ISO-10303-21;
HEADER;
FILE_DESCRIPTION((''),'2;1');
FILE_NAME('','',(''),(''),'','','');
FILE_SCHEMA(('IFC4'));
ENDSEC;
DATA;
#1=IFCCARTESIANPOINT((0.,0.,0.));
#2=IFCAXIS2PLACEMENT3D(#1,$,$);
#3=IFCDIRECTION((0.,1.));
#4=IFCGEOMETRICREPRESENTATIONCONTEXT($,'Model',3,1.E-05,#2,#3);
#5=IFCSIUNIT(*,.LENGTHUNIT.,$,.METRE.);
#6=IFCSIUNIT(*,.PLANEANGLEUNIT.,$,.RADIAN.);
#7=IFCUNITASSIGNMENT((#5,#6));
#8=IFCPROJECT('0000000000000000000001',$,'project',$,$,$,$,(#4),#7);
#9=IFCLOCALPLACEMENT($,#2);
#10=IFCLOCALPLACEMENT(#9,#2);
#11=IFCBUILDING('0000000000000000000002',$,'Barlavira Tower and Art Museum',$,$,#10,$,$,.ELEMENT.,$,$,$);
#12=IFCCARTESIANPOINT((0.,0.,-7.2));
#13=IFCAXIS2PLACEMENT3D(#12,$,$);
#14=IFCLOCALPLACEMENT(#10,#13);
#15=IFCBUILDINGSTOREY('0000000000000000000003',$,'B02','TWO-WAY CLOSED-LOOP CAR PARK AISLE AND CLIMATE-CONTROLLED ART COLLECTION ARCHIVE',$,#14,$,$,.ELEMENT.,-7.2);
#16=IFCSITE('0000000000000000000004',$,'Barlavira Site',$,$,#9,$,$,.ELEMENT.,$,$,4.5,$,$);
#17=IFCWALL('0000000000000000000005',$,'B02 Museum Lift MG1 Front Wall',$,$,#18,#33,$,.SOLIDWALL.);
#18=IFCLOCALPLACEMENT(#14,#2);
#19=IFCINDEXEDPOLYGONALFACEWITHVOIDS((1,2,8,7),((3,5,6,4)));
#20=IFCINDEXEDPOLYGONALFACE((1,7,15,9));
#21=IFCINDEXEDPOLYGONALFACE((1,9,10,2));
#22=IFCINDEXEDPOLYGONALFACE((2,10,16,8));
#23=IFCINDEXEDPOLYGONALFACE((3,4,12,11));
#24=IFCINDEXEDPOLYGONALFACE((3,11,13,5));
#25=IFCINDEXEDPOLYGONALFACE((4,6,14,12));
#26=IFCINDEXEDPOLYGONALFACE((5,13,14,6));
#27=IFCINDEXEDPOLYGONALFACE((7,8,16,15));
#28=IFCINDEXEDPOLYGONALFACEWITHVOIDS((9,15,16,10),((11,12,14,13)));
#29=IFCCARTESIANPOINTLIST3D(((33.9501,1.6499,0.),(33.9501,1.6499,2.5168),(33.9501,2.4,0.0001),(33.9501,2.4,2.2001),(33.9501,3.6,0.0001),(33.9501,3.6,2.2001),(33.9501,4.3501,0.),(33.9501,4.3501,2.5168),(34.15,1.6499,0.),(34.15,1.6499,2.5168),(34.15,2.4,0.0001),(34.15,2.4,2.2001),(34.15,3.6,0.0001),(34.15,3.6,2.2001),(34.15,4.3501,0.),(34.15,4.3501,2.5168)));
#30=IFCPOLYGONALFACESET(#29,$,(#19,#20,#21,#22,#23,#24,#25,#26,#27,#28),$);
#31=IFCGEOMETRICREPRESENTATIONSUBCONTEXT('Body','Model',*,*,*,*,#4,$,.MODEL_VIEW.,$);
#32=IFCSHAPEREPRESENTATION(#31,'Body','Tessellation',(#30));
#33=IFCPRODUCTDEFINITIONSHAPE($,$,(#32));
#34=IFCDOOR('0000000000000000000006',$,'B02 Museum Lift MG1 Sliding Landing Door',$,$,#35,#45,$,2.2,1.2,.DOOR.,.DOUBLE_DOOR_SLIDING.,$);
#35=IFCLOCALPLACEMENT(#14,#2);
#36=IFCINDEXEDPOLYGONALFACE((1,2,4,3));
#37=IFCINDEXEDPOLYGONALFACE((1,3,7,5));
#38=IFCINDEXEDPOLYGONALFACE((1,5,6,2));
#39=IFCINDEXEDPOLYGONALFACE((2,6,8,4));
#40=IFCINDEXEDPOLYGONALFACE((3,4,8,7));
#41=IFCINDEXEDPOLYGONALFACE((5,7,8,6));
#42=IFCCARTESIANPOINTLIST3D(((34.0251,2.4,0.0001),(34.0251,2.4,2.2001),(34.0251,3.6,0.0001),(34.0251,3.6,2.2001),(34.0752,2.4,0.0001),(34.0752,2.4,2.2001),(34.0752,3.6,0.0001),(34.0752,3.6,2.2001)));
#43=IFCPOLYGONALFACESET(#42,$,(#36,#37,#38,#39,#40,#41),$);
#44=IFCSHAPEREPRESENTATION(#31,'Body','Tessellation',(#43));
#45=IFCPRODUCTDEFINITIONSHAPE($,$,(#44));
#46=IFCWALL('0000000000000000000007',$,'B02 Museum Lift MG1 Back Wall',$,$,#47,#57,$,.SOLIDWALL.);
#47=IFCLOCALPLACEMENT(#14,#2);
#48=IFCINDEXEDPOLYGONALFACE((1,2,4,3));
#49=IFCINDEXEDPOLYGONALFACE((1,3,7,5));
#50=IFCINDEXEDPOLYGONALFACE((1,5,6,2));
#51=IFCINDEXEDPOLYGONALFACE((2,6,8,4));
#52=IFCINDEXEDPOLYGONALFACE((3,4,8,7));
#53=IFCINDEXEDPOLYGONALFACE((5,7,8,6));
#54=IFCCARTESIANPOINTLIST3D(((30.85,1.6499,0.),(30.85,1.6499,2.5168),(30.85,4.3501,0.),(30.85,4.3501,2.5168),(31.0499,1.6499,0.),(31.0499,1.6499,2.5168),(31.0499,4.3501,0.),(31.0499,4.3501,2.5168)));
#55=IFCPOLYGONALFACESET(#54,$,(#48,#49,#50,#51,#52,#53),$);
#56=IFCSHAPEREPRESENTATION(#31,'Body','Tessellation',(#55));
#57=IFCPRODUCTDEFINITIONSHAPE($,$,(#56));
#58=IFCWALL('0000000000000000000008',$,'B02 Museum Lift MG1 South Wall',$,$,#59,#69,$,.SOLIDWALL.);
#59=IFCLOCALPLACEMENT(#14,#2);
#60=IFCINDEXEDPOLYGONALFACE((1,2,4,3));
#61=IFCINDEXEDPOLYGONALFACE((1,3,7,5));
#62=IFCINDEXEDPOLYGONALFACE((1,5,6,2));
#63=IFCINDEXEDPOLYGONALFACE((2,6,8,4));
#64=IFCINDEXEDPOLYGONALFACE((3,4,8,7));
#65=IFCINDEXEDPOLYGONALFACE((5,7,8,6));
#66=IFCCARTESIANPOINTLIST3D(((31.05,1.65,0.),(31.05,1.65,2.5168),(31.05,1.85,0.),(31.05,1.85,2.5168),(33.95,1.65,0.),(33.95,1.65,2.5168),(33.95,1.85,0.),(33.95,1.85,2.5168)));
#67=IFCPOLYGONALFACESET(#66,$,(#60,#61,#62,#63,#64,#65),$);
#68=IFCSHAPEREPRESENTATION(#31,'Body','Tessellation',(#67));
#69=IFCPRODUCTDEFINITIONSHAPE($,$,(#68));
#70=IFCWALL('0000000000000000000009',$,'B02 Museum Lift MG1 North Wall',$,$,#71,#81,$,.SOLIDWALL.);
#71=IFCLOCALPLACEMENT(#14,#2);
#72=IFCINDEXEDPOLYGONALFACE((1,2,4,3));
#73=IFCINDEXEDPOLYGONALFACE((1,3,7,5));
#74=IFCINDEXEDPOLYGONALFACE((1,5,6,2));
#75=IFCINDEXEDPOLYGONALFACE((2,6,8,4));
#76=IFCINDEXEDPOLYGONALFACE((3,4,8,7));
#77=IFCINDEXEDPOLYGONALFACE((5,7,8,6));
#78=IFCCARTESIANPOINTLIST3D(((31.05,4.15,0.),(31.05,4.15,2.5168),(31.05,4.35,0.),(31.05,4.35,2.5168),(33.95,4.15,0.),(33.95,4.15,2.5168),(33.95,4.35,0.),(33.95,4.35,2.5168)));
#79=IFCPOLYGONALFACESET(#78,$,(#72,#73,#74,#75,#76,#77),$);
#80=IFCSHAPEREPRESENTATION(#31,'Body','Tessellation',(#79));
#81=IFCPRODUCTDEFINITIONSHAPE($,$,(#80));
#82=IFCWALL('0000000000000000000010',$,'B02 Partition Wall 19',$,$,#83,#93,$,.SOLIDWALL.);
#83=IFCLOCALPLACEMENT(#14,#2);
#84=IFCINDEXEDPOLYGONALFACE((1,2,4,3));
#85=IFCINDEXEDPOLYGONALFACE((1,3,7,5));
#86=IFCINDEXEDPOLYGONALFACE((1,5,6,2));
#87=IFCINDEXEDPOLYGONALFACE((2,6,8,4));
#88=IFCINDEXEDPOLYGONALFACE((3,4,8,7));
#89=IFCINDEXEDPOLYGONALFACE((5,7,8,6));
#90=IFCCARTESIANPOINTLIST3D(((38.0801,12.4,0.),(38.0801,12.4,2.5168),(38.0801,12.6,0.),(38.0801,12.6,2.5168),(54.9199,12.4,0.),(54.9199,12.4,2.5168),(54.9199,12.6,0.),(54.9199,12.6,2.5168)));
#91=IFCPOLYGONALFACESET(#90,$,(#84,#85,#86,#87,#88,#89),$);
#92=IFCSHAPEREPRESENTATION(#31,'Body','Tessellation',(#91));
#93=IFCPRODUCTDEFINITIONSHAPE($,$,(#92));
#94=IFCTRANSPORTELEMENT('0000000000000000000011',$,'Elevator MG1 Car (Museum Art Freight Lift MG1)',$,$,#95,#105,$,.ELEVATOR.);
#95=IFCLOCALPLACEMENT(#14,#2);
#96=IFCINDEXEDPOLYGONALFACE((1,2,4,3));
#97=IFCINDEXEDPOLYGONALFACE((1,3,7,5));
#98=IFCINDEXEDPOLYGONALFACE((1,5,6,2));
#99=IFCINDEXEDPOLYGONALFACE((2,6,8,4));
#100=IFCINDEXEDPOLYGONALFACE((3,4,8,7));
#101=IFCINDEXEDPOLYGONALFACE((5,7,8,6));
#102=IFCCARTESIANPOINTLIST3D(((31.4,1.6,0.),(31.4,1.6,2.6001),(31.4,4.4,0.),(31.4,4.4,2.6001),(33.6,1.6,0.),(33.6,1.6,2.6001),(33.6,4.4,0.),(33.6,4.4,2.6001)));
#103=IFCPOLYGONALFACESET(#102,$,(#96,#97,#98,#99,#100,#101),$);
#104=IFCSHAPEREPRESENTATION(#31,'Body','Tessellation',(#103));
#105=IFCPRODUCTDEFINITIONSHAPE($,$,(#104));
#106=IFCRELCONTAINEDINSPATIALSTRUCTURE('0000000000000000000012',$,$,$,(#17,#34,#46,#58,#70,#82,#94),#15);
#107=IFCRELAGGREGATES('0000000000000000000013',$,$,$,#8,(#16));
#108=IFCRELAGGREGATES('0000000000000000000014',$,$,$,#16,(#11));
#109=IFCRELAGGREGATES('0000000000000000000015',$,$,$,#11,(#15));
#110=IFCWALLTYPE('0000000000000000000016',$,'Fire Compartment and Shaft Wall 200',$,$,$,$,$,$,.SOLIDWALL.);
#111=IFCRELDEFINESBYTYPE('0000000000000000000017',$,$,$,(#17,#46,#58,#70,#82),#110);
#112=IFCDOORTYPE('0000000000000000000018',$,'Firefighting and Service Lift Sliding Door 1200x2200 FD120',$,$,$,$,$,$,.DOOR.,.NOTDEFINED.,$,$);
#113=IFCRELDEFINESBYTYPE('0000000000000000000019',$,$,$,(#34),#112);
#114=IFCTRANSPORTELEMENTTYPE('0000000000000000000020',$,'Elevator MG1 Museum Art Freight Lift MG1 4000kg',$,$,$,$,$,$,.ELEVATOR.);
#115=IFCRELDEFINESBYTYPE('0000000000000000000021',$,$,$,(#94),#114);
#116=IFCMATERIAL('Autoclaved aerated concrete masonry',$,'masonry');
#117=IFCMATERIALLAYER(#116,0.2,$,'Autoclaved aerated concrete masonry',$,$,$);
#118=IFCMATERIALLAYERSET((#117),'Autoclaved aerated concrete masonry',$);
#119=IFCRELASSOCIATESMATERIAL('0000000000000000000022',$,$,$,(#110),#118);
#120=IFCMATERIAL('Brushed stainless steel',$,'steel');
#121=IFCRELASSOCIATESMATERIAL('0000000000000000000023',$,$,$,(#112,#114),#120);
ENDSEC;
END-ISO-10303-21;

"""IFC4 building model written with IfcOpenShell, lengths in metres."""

from ifc_helpers import new_model, si_unit, direction, frame, frame_2d, origin, origin_2d, place, context, subcontext, project, spatial, rectangle, extrude, material, layer, layer_set, type_object, element, fill, save


model = new_model("IFC4")

# Units and contexts
model_context = context("Model", 3, precision=1e-05, world=origin(), true_north=direction((0.0, 1.0)))
body_context = subcontext(model_context, "Body", "Model", "MODEL_VIEW")
ifc_project = project(units=[si_unit("LENGTHUNIT", "METRE"), si_unit("PLANEANGLEUNIT", "RADIAN")], contexts=[model_context])

# Site, building, storey
site_placement = place(None, origin())
site = spatial("IfcSite", under=ifc_project, at=site_placement, Name="Barlavira Site", CompositionType="ELEMENT", RefElevation=4.5)
building_placement = place(site_placement, origin())
building = spatial("IfcBuilding", under=site, at=building_placement, Name="Barlavira Tower and Art Museum", CompositionType="ELEMENT")
storey_placement = place(building_placement, frame((0.0, 0.0, -7.2)))
storey = spatial("IfcBuildingStorey", under=building, at=storey_placement, Name="B02", Description="TWO-WAY CLOSED-LOOP CAR PARK AISLE AND CLIMATE-CONTROLLED ART COLLECTION ARCHIVE", CompositionType="ELEMENT", Elevation=-7.2)

# Wall, opening, door
ifc_material_1 = material(Name="Autoclaved aerated concrete masonry", Category="masonry")
ifc_layer = layer(ifc_material_1, 0.2, Name="Autoclaved aerated concrete masonry")
ifc_layer_set = layer_set([ifc_layer], Name="Autoclaved aerated concrete masonry")
wall_type = type_object("IfcWallType", Name="Fire Compartment and Shaft Wall 200", PredefinedType="SOLIDWALL", material=ifc_layer_set)
wall_1_placement = place(storey_placement, frame((34.05, 1.6499, 0.0), z_axis=(0.0, 0.0, 1.0), x_axis=(0.0, 1.0, 0.0)))
wall_1 = element("IfcWall", 1, at=wall_1_placement, inside=storey, type_object=wall_type, Name="B02 Museum Lift MG1 Front Wall", PredefinedType="SOLIDWALL", context=body_context, shape_type="SweptSolid", body=[
    extrude(rectangle(XDim=2.7002, YDim=0.2, at=frame_2d((1.3501, 0.0))), origin(), (0.0, 0.0, 1.0), 2.5168),
])
opening_placement = place(wall_1_placement, frame((0.75, 0.0, 0.0)))
opening = element("IfcOpeningElement", 2, at=opening_placement, cuts=wall_1, PredefinedType="OPENING", context=body_context, shape_type="SweptSolid", body=[
    extrude(rectangle(XDim=1.2, YDim=2.2, at=frame_2d((0.6001, 1.1001))), frame((0.0, 0.1099, 0.0), z_axis=(0.0, -1.0, 0.0), x_axis=(1.0, 0.0, 0.0)), (0.0, 0.0, 1.0), 0.22),
])
ifc_material_2 = material(Name="Brushed stainless steel", Category="steel")
door_type = type_object("IfcDoorType", Name="Firefighting and Service Lift Sliding Door 1200x2200 FD120", OperationType="NOTDEFINED", PredefinedType="DOOR", material=ifc_material_2)
door_placement = place(opening_placement, origin())
door = element("IfcDoor", 3, at=door_placement, inside=storey, type_object=door_type, Name="B02 Museum Lift MG1 Sliding Landing Door", OperationType="DOUBLE_DOOR_SLIDING", OverallHeight=2.2, OverallWidth=1.2, PredefinedType="DOOR", context=body_context, shape_type="SweptSolid", body=[
    extrude(rectangle(XDim=1.2, YDim=2.2, at=frame_2d((0.6001, 1.1001))), frame((0.0, 0.0249, 0.0), z_axis=(0.0, -1.0, 0.0), x_axis=(1.0, 0.0, 0.0)), (0.0, 0.0, 1.0), 0.05),
])
fill(opening, door)

# Walls
wall_2_placement = place(storey_placement, frame((30.95, 1.6499, 0.0), z_axis=(0.0, 0.0, 1.0), x_axis=(0.0, 1.0, 0.0)))
element("IfcWall", 4, at=wall_2_placement, inside=storey, type_object=wall_type, Name="B02 Museum Lift MG1 Back Wall", PredefinedType="SOLIDWALL", context=body_context, shape_type="SweptSolid", body=[
    extrude(rectangle(XDim=2.7002, YDim=0.2, at=frame_2d((1.3501, 0.0))), origin(), (0.0, 0.0, 1.0), 2.5168),
])
for number, where, z_axis, x_axis, name in (
    (5, (31.05, 1.75, 0.0), (0.0, 0.0, 1.0), (1.0, 0.0, 0.0), "B02 Museum Lift MG1 South Wall"),
    (6, (31.05, 4.25, 0.0), (0.0, 0.0, 1.0), (1.0, 0.0, 0.0), "B02 Museum Lift MG1 North Wall"),
):
    element("IfcWall", number, at=place(storey_placement, frame(where, z_axis=z_axis, x_axis=x_axis)), inside=storey, type_object=wall_type, Name=name, PredefinedType="SOLIDWALL", context=body_context, shape_type="SweptSolid", body=[
        extrude(rectangle(XDim=2.8999, YDim=0.2, at=frame_2d((1.45, 0.0))), origin(), (0.0, 0.0, 1.0), 2.5168),
    ])
wall_3_placement = place(storey_placement, frame((38.0801, 12.5, 0.0), z_axis=(0.0, 0.0, 1.0), x_axis=(1.0, 0.0, 0.0)))
element("IfcWall", 7, at=wall_3_placement, inside=storey, type_object=wall_type, Name="B02 Partition Wall 19", PredefinedType="SOLIDWALL", context=body_context, shape_type="SweptSolid", body=[
    extrude(rectangle(XDim=16.8398, YDim=0.2, at=frame_2d((8.4199, 0.0))), origin(), (0.0, 0.0, 1.0), 2.5168),
])

# Transport element
transport_element_type = type_object("IfcTransportElementType", Name="Elevator MG1 Museum Art Freight Lift MG1 4000kg", PredefinedType="ELEVATOR", material=ifc_material_2)
transport_element_placement = place(storey_placement, frame((32.5, 3.0, 0.0), z_axis=(0.0, 0.0, 1.0), x_axis=(1.0, 0.0, 0.0)))
element("IfcTransportElement", 8, at=transport_element_placement, inside=storey, type_object=transport_element_type, Name="Elevator MG1 Car (Museum Art Freight Lift MG1)", PredefinedType="ELEVATOR", context=body_context, shape_type="SweptSolid", body=[
    extrude(rectangle(XDim=2.2, YDim=2.8, at=origin_2d()), origin(), (0.0, 0.0, 1.0), 2.6001),
])

save(model, "model.ifc")
